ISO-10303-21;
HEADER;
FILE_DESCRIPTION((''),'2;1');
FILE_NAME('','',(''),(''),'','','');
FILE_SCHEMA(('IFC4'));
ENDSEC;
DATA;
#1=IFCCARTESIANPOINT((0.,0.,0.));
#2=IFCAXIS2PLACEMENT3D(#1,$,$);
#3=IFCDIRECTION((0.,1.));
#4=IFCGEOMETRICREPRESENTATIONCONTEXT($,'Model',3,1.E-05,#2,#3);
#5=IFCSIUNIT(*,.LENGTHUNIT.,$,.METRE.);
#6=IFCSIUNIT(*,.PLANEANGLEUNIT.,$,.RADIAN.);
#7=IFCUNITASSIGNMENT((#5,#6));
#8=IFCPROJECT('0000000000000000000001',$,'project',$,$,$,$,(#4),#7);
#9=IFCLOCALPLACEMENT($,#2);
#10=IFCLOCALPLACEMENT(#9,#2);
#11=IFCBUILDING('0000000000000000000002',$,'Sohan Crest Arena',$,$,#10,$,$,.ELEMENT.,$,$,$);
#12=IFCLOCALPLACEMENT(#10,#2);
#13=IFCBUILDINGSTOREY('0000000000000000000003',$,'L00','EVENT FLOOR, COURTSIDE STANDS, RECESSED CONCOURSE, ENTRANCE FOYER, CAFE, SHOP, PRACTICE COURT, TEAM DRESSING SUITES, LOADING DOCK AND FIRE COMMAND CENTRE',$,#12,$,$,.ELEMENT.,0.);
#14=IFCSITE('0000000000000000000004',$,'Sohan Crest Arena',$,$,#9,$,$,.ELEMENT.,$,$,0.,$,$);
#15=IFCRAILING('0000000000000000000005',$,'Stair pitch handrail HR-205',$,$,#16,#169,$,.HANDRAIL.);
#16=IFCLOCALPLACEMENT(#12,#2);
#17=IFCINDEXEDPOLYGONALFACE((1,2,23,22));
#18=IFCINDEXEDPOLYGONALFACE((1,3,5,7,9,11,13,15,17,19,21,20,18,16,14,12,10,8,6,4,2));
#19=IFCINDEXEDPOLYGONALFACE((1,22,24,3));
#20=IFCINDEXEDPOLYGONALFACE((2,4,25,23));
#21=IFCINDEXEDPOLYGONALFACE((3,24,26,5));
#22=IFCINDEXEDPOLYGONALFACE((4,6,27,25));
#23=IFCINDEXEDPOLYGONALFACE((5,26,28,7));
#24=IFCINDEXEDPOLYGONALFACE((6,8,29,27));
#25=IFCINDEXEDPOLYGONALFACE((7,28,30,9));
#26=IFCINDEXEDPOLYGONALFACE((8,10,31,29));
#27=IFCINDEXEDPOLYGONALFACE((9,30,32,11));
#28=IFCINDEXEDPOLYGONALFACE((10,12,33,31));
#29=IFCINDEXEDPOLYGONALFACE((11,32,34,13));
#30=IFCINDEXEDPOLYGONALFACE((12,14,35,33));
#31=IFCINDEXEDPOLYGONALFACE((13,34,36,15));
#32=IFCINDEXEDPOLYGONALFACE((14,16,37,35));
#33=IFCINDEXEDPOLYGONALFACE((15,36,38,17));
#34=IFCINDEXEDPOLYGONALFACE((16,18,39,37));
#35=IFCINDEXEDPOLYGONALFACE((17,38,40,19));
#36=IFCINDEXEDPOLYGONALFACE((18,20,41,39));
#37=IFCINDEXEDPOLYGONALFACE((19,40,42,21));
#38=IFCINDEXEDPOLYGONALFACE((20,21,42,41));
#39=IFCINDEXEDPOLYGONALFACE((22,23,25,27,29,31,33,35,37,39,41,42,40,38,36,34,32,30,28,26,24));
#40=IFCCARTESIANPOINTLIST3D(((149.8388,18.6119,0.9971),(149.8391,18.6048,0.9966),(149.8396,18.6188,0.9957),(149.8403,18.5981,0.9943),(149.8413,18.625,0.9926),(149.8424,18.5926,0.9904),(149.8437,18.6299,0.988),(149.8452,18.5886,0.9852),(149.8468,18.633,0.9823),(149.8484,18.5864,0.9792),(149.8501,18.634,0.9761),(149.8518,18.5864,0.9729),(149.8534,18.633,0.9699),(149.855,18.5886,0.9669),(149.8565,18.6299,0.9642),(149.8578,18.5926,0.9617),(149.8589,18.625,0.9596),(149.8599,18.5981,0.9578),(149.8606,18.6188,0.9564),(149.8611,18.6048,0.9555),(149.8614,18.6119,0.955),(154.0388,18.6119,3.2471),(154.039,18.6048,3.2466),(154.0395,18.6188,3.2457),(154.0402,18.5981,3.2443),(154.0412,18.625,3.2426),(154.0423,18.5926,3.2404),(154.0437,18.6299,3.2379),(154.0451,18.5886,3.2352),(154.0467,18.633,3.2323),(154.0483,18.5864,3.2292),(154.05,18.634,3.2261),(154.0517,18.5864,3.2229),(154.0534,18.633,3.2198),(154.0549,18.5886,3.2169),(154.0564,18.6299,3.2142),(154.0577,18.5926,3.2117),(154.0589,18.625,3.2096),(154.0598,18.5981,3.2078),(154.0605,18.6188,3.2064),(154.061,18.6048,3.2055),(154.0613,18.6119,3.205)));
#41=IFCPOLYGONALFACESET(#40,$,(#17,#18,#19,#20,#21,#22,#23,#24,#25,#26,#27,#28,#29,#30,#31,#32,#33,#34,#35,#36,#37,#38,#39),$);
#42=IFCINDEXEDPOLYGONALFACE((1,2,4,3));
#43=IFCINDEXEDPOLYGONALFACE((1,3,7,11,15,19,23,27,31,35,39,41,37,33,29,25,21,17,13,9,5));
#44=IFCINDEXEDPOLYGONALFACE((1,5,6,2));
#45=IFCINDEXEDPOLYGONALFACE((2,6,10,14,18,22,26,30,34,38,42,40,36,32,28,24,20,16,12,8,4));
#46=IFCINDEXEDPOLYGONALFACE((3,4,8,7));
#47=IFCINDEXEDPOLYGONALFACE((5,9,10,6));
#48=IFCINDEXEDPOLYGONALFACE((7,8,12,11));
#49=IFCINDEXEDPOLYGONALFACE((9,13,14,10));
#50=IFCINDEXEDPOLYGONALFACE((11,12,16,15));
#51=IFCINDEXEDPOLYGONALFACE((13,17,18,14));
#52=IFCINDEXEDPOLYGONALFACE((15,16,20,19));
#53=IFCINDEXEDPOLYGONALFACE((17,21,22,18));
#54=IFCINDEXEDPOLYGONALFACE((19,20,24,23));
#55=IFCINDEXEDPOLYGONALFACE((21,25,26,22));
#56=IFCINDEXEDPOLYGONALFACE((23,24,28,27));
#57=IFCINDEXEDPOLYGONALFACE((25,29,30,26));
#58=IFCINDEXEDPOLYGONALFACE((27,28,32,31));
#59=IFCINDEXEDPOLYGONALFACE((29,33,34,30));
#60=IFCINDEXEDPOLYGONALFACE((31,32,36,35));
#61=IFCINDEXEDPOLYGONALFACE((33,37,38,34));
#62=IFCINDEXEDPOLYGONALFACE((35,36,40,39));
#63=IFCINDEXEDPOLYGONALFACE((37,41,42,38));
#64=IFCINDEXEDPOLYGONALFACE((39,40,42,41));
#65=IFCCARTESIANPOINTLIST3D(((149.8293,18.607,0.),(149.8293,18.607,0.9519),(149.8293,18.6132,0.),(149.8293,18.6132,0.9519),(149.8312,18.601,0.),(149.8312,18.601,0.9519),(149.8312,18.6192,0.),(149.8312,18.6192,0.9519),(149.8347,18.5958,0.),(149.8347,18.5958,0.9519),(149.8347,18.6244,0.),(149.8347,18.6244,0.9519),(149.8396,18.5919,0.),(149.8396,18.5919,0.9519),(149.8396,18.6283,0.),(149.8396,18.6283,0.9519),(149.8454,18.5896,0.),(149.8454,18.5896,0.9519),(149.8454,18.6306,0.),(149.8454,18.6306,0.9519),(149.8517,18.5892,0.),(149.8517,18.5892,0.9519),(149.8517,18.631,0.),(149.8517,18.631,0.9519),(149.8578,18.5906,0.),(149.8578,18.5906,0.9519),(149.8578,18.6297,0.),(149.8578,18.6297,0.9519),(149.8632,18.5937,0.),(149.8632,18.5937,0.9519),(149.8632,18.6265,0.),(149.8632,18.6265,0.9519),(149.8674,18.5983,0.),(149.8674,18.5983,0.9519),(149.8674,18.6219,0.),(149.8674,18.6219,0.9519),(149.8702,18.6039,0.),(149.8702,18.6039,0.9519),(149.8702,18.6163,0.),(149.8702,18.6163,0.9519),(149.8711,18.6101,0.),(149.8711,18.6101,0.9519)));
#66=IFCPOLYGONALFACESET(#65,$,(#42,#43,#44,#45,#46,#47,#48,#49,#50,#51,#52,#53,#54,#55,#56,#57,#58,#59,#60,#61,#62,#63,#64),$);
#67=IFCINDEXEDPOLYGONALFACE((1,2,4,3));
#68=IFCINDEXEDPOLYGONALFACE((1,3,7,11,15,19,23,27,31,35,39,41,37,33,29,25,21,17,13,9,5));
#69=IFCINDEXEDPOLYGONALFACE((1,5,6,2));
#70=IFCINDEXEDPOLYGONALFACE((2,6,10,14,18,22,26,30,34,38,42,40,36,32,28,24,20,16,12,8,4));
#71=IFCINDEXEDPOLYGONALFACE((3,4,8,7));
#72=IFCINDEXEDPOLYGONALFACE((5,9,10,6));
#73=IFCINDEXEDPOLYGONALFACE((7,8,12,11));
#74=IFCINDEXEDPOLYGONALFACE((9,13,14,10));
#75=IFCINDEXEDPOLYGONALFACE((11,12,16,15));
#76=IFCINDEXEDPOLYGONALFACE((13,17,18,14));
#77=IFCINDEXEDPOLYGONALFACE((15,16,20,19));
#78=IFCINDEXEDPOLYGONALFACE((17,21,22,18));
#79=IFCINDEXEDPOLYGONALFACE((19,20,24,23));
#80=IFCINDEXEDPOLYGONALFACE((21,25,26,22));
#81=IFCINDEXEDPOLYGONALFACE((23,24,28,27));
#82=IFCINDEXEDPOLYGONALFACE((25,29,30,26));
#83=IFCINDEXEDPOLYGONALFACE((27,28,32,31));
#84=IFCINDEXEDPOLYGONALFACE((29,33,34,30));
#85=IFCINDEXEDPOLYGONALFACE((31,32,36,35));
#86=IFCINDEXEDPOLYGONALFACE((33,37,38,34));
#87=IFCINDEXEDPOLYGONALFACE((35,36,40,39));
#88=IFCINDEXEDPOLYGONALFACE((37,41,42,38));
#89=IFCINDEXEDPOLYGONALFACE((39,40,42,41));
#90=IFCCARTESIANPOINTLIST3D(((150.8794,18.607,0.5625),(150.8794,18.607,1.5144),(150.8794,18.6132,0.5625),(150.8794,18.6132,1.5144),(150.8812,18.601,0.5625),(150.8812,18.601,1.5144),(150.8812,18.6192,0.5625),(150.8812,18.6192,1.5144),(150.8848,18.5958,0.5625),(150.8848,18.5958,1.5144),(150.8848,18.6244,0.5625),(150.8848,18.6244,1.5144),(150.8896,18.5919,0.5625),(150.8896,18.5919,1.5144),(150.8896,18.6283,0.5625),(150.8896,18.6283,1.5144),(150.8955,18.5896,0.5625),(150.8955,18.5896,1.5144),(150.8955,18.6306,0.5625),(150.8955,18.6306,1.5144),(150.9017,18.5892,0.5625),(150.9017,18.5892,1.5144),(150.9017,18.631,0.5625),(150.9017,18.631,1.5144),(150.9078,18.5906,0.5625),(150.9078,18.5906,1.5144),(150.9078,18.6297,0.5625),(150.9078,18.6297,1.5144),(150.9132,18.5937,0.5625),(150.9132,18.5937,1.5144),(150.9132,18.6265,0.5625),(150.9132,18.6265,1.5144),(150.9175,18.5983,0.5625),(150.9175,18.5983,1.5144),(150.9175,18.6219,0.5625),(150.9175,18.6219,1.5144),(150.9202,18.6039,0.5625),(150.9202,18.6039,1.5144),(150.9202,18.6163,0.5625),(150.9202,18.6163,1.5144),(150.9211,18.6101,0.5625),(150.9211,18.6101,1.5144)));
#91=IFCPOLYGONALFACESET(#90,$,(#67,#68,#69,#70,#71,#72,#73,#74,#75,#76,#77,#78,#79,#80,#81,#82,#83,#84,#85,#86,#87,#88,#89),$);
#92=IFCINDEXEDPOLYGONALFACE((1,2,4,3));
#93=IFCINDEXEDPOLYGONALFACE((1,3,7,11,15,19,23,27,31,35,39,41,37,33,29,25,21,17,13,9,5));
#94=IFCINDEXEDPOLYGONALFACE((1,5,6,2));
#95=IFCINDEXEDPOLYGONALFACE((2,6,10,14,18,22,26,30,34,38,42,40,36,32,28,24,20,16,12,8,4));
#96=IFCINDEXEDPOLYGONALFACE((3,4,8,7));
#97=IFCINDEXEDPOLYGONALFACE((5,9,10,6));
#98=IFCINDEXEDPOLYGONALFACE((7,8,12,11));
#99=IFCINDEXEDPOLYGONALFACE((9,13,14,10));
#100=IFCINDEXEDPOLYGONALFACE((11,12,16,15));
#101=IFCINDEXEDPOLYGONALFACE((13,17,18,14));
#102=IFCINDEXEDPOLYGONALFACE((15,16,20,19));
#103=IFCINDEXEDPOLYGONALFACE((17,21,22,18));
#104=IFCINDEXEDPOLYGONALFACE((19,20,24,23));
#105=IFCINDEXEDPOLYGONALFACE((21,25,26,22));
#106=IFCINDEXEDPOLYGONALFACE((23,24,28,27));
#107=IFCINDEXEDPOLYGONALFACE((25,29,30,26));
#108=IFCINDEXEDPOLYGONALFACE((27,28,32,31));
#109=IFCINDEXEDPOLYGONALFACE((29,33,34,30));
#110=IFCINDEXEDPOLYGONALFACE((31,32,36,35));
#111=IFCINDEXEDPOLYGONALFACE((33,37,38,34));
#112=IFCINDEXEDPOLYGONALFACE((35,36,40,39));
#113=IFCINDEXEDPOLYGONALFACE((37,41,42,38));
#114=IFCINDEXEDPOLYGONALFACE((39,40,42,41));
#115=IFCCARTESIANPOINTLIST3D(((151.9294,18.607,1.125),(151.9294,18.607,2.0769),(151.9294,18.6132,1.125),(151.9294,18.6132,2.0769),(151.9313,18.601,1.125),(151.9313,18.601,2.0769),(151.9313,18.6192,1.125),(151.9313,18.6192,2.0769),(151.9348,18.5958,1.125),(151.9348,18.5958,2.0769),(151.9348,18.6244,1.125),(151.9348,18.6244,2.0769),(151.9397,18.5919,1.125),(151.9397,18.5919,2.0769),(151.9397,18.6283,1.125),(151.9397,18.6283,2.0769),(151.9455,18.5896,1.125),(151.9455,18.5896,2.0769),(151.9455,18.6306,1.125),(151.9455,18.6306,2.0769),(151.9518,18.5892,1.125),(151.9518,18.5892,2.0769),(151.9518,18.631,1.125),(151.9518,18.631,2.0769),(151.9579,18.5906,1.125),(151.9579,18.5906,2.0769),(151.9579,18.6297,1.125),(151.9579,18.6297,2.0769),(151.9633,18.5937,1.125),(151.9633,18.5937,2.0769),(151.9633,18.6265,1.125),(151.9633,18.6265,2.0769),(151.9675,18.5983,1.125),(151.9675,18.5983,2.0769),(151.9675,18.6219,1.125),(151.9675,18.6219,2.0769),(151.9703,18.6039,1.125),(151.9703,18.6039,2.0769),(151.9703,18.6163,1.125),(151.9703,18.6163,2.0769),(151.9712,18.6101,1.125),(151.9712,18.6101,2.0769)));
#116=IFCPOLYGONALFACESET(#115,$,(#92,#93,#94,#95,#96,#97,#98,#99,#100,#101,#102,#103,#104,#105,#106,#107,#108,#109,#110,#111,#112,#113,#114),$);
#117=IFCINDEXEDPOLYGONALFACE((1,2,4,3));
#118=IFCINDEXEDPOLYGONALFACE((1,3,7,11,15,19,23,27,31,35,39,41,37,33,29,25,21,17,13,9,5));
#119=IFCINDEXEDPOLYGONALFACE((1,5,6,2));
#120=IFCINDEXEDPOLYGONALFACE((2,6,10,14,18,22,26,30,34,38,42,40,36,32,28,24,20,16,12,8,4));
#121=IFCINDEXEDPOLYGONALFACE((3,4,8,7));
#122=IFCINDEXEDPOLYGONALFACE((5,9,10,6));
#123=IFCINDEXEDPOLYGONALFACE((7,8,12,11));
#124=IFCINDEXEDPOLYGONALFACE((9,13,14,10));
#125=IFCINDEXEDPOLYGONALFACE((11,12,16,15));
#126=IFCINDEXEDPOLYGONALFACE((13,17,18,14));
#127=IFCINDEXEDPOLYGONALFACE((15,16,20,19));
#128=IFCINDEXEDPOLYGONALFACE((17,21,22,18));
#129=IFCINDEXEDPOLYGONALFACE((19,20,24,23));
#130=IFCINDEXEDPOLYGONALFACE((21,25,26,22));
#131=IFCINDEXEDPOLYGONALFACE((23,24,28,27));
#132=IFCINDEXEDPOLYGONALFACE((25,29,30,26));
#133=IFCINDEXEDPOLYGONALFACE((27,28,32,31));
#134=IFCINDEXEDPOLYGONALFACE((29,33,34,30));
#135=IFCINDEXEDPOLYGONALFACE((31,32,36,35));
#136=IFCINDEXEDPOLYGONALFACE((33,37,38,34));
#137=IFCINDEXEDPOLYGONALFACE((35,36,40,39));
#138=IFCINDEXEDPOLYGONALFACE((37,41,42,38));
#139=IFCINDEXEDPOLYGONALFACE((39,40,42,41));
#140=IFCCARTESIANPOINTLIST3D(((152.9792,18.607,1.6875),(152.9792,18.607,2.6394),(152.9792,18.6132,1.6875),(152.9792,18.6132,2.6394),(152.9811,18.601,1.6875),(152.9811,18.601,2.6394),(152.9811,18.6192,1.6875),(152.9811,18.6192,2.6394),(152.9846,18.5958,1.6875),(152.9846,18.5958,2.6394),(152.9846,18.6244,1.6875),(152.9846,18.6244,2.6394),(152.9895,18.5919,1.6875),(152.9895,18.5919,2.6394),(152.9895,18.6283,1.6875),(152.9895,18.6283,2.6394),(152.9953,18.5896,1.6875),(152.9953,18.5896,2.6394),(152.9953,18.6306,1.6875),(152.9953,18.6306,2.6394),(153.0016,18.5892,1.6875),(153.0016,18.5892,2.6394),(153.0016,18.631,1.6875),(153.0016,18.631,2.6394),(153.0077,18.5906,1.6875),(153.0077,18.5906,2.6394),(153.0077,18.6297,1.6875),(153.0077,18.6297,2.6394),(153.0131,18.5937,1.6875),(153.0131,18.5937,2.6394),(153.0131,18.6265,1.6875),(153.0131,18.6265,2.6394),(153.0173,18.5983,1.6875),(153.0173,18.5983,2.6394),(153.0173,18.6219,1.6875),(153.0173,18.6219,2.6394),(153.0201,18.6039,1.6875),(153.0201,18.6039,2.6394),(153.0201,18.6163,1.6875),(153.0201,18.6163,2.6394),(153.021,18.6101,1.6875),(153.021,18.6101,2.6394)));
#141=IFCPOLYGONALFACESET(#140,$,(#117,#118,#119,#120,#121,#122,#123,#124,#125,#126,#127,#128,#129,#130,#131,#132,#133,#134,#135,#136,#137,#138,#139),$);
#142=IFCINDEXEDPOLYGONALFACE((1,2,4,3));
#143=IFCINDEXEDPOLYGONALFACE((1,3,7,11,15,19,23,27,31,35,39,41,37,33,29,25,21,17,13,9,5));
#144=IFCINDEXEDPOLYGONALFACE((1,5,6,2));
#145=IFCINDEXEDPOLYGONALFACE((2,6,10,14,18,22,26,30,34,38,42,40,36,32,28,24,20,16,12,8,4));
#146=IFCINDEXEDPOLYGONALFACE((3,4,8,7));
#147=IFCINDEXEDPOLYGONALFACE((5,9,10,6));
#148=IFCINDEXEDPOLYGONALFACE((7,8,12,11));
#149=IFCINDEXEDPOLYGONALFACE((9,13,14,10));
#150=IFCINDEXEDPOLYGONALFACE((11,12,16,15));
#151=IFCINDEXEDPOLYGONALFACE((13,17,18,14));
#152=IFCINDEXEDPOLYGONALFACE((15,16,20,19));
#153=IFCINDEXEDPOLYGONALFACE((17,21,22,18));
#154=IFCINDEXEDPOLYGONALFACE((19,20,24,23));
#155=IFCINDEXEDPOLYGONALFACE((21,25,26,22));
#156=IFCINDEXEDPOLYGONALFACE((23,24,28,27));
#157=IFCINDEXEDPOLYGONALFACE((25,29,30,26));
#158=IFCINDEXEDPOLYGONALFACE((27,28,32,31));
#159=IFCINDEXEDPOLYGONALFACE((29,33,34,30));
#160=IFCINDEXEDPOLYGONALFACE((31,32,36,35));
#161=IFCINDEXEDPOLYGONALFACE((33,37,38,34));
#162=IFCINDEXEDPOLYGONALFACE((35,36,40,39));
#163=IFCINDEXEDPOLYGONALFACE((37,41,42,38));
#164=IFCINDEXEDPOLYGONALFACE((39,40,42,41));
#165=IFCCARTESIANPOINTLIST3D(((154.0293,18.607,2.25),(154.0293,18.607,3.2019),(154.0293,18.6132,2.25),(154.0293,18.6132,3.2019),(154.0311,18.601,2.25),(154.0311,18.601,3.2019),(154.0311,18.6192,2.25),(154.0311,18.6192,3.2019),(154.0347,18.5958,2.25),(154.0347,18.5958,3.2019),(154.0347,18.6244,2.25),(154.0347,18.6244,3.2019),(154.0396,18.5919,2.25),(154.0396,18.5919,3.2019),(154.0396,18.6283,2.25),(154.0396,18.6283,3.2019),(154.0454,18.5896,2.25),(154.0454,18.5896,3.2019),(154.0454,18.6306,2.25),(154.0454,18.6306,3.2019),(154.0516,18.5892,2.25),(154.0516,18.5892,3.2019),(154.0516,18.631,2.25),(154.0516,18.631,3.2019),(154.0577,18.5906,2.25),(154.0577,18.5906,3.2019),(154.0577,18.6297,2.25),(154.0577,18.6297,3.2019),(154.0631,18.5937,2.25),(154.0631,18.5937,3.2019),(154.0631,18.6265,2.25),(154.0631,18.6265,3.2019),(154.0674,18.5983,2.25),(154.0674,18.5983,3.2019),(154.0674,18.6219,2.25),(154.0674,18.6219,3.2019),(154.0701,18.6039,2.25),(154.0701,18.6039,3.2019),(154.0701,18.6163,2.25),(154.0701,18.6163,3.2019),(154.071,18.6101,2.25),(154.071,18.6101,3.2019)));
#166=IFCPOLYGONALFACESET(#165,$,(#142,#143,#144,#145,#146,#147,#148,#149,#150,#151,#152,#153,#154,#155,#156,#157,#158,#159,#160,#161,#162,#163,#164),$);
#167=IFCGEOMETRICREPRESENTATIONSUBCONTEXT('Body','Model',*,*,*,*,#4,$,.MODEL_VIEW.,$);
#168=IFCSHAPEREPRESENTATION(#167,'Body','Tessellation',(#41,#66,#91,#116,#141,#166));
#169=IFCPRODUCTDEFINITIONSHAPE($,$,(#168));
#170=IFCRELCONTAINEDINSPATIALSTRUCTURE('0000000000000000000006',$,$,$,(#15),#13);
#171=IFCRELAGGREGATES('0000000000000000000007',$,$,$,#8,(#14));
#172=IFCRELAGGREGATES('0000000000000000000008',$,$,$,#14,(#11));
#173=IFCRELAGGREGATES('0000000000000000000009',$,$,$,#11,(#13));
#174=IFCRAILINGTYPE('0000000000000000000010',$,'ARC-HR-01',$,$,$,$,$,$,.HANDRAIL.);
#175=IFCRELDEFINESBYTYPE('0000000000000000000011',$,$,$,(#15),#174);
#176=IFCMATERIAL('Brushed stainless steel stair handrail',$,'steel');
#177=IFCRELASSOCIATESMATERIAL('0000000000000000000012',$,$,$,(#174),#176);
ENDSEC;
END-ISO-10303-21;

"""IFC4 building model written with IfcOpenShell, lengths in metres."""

from ifc_helpers import new_model, si_unit, direction, frame, origin, origin_2d, place, context, subcontext, project, spatial, circle, extrude, material, type_object, element, save


model = new_model("IFC4")

# Units and contexts
model_context = context("Model", 3, precision=1e-05, world=origin(), true_north=direction((0.0, 1.0)))
body_context = subcontext(model_context, "Body", "Model", "MODEL_VIEW")
ifc_project = project(units=[si_unit("LENGTHUNIT", "METRE"), si_unit("PLANEANGLEUNIT", "RADIAN")], contexts=[model_context])

# Site, building, storey
site_placement = place(None, origin())
site = spatial("IfcSite", under=ifc_project, at=site_placement, Name="Sohan Crest Arena", CompositionType="ELEMENT", RefElevation=0.0)
building_placement = place(site_placement, origin())
building = spatial("IfcBuilding", under=site, at=building_placement, Name="Sohan Crest Arena", CompositionType="ELEMENT")
storey_placement = place(building_placement, origin())
storey = spatial("IfcBuildingStorey", under=building, at=storey_placement, Name="L00", Description="EVENT FLOOR, COURTSIDE STANDS, RECESSED CONCOURSE, ENTRANCE FOYER, CAFE, SHOP, PRACTICE COURT, TEAM DRESSING SUITES, LOADING DOCK AND FIRE COMMAND CENTRE", CompositionType="ELEMENT", Elevation=0.0)

# Railing
ifc_material_1 = material(Name="Brushed stainless steel stair handrail", Category="steel")
railing_type_1 = type_object("IfcRailingType", Name="ARC-HR-01", PredefinedType="HANDRAIL", material=ifc_material_1)
for number, where, name in (
    (1, (149.8501, 18.6101, 0.0), "Stair pitch handrail HR-205"),
):
    element("IfcRailing", number, at=place(storey_placement, frame(where)), inside=storey, type_object=railing_type_1, Name=name, PredefinedType="HANDRAIL", context=body_context, shape_type="SweptSolid", body=[
        extrude(circle(Radius=0.0239, at=origin_2d()), frame((0.0, 0.0, 0.9761), z_axis=(0.881478, 0.0, 0.472226), x_axis=(0.0, 1.0, 0.0)), (0.0, 0.0, 1.0), 4.7646),
        extrude(circle(Radius=0.021, at=origin_2d()), origin(), (0.0, 0.0, 1.0), 0.9519),
        extrude(circle(Radius=0.021, at=origin_2d()), frame((1.05, 0.0, 0.5625)), (0.0, 0.0, 1.0), 0.9519),
        extrude(circle(Radius=0.021, at=origin_2d()), frame((2.1001, 0.0, 1.125)), (0.0, 0.0, 1.0), 0.9519),
        extrude(circle(Radius=0.021, at=origin_2d()), frame((3.1499, 0.0, 1.6875)), (0.0, 0.0, 1.0), 0.9519),
        extrude(circle(Radius=0.021, at=origin_2d()), frame((4.2, 0.0, 2.25)), (0.0, 0.0, 1.0), 0.9519),
    ])

save(model, "model.ifc")
